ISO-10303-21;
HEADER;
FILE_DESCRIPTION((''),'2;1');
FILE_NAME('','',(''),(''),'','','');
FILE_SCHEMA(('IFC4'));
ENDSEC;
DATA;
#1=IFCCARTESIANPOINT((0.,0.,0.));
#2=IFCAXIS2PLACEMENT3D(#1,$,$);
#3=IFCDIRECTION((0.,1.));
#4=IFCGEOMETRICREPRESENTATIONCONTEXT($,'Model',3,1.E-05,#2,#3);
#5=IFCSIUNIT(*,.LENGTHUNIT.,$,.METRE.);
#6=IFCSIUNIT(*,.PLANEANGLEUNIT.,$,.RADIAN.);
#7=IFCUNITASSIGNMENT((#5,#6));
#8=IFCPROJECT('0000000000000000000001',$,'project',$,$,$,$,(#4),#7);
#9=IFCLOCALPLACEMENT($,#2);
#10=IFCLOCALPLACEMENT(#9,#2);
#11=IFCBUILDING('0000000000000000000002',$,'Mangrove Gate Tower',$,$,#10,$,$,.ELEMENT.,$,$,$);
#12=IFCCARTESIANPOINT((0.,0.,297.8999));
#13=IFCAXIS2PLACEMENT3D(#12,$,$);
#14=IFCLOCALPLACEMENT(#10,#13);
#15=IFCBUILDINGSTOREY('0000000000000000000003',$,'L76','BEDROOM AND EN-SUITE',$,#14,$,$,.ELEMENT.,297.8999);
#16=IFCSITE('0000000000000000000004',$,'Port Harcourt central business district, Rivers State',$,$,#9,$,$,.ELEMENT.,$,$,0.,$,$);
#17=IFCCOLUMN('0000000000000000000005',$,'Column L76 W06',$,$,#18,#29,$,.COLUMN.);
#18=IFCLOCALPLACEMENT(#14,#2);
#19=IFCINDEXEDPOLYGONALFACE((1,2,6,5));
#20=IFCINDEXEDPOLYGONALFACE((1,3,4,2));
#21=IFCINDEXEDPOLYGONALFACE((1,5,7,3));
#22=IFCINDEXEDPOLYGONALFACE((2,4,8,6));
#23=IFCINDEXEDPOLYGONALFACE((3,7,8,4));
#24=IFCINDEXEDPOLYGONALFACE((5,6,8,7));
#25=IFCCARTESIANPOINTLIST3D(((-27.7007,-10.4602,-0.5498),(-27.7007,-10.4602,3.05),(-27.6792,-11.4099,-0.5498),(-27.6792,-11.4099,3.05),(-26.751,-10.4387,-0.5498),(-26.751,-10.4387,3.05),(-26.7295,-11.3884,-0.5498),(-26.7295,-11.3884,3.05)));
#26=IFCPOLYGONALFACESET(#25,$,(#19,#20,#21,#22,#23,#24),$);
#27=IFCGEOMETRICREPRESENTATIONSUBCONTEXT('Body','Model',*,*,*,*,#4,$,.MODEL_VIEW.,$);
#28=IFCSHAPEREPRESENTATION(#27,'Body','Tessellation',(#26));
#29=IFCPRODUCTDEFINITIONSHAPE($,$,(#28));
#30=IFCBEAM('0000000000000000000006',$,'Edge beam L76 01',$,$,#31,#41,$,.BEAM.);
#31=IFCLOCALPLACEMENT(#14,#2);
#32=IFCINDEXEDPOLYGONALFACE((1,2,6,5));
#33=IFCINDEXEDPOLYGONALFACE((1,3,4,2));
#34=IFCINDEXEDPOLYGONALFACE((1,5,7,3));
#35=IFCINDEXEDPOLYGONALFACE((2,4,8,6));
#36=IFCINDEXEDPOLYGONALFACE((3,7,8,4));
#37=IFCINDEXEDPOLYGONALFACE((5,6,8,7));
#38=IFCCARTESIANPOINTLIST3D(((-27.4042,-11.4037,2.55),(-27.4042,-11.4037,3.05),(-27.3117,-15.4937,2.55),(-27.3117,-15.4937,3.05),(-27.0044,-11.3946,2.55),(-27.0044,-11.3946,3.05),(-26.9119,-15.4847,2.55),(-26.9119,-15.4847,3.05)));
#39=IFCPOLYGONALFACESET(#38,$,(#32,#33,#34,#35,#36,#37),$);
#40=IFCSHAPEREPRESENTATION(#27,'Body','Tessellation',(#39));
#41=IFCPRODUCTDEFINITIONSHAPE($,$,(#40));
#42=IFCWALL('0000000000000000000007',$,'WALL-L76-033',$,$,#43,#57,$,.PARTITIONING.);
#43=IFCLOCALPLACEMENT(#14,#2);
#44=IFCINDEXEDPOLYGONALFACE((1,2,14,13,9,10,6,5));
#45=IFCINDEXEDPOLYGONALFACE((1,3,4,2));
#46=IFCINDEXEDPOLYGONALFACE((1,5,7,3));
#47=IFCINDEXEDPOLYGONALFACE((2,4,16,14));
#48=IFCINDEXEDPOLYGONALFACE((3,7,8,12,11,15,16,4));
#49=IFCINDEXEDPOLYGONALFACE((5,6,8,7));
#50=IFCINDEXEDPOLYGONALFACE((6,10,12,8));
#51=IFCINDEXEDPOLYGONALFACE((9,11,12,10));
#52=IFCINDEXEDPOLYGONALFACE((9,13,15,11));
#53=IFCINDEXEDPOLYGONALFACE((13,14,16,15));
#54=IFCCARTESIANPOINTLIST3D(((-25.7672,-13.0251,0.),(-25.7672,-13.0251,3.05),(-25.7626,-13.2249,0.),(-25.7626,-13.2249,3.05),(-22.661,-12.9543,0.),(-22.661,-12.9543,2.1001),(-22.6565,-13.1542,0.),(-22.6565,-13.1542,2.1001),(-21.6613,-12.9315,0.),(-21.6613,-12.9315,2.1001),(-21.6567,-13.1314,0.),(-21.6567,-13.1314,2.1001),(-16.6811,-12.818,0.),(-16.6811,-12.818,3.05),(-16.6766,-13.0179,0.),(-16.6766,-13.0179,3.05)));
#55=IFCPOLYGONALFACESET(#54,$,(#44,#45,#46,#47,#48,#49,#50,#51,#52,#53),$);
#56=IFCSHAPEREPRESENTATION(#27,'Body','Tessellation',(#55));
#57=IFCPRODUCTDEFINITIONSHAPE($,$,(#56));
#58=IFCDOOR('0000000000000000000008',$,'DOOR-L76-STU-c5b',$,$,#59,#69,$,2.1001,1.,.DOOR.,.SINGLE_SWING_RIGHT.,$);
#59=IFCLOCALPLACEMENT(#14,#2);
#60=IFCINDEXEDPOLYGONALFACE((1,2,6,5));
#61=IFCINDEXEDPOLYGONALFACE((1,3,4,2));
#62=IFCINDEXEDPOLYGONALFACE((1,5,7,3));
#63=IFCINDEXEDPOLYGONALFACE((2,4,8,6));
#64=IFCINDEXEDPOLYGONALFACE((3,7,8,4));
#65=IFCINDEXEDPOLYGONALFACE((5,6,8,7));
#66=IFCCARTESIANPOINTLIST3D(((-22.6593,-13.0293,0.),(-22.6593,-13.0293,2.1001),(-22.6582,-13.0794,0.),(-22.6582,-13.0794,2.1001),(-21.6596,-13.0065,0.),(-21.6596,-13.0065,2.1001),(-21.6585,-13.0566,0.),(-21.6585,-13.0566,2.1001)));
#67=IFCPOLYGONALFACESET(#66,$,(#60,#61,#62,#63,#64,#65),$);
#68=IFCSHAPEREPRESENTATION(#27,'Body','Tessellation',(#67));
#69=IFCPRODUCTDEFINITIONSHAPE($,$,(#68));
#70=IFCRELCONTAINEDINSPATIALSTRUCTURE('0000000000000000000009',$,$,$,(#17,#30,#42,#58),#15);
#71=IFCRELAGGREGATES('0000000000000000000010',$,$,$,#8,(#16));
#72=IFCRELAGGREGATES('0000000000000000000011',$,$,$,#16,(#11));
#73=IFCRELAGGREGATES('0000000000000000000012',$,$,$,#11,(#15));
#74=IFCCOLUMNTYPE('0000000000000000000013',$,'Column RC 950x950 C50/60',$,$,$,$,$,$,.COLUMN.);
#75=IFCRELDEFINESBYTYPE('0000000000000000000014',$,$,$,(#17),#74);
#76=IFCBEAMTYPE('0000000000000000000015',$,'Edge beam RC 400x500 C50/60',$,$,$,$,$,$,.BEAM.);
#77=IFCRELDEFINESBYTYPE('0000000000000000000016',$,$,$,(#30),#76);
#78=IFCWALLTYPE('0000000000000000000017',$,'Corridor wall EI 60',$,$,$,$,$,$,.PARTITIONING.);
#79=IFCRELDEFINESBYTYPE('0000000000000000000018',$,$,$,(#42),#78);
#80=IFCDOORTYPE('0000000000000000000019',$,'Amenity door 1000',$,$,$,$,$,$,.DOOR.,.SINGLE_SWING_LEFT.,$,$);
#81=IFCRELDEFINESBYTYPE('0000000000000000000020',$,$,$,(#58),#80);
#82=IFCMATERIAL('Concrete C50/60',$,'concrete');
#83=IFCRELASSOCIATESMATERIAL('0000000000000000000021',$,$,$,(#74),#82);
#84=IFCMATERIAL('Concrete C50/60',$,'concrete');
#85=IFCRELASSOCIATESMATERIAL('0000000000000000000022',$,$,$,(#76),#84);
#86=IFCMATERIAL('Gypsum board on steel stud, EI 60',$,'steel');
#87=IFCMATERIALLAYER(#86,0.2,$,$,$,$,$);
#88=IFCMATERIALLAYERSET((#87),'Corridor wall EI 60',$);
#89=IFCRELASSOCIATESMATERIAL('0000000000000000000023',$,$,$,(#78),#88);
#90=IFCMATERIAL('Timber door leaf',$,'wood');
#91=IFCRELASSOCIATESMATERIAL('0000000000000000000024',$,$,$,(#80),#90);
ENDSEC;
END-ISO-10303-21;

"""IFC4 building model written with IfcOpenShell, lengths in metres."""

from ifc_helpers import new_model, si_unit, direction, frame, frame_2d, origin, origin_2d, place, context, subcontext, project, spatial, rectangle, extrude, material, layer, layer_set, material_profile, profile_set, type_object, element, fill, save


model = new_model("IFC4")

# Units and contexts
model_context = context("Model", 3, precision=1e-05, world=origin(), true_north=direction((0.0, 1.0)))
body_context = subcontext(model_context, "Body", "Model", "MODEL_VIEW")
ifc_project = project(units=[si_unit("LENGTHUNIT", "METRE"), si_unit("PLANEANGLEUNIT", "RADIAN")], contexts=[model_context])

# Site, building, storey
site_placement = place(None, origin())
site = spatial("IfcSite", under=ifc_project, at=site_placement, Name="Port Harcourt central business district, Rivers State", CompositionType="ELEMENT", RefElevation=0.0)
building_placement = place(site_placement, origin())
building = spatial("IfcBuilding", under=site, at=building_placement, Name="Mangrove Gate Tower", CompositionType="ELEMENT")
storey_placement = place(building_placement, frame((0.0, 0.0, 297.8999)))
storey = spatial("IfcBuildingStorey", under=building, at=storey_placement, Name="L76", Description="BEDROOM AND EN-SUITE", CompositionType="ELEMENT", Elevation=297.8999)

# Column
ifc_material_1 = material(Name="Concrete C50/60", Category="concrete")
ifc_material_profile_1 = material_profile(ifc_material_1, rectangle(XDim=0.95, YDim=0.95, at=origin_2d()))
ifc_profile_set_1 = profile_set([ifc_material_profile_1], Name="Concrete C50/60")
column_type = type_object("IfcColumnType", Name="Column RC 950x950 C50/60", PredefinedType="COLUMN", material=ifc_profile_set_1)
column_placement = place(storey_placement, frame((-27.2151, -10.9243, -0.5498), z_axis=(0.0, 0.0, 1.0), x_axis=(0.022611, -0.999744, 0.0)))
element("IfcColumn", 1, at=column_placement, inside=storey, type_object=column_type, Name="Column L76 W06", PredefinedType="COLUMN", context=body_context, shape_type="SweptSolid", body=[
    extrude(rectangle(XDim=0.95, YDim=0.95, at=origin_2d()), origin(), (0.0, 0.0, 1.0), 3.5999),
])

# Beam
ifc_material_2 = material(Name="Concrete C50/60", Category="concrete")
ifc_material_profile_2 = material_profile(ifc_material_2, rectangle(XDim=0.3999, YDim=0.5, at=origin_2d()))
ifc_profile_set_2 = profile_set([ifc_material_profile_2], Name="Concrete C50/60")
beam_type = type_object("IfcBeamType", Name="Edge beam RC 400x500 C50/60", PredefinedType="BEAM", material=ifc_profile_set_2)
beam_placement = place(storey_placement, frame((-27.2043, -11.3992, 2.8), z_axis=(0.022617, -0.999744, 0.0), x_axis=(0.999744, 0.022617, 0.0)))
element("IfcBeam", 2, at=beam_placement, inside=storey, type_object=beam_type, Name="Edge beam L76 01", PredefinedType="BEAM", context=body_context, shape_type="SweptSolid", body=[
    extrude(rectangle(XDim=0.3999, YDim=0.5, at=origin_2d()), origin(), (0.0, 0.0, 1.0), 4.0911),
])

# Shared definitions
ifc_material_3 = material(Name="Gypsum board on steel stud, EI 60", Category="steel")
ifc_layer = layer(ifc_material_3, 0.2)
ifc_layer_set = layer_set([ifc_layer], Name="Corridor wall EI 60")
wall_type = type_object("IfcWallType", Name="Corridor wall EI 60", PredefinedType="PARTITIONING", material=ifc_layer_set)
ifc_material_4 = material(Name="Timber door leaf", Category="wood")
door_type_1 = type_object("IfcDoorType", Name="Amenity door 1000", OperationType="SINGLE_SWING_LEFT", PredefinedType="DOOR", material=ifc_material_4)

# Wall, opening, door
wall_1_placement = place(storey_placement, frame((-25.7649, -13.125, 0.0), z_axis=(0.0, 0.0, 1.0), x_axis=(0.999741, 0.02278, 0.0)))
wall_1 = element("IfcWall", 3, at=wall_1_placement, inside=storey, type_object=wall_type, Name="WALL-L76-033", PredefinedType="PARTITIONING", context=body_context, shape_type="SweptSolid", body=[
    extrude(rectangle(XDim=9.0884, YDim=0.2, at=frame_2d((4.5442, 0.0))), origin(), (0.0, 0.0, 1.0), 3.05),
])
opening_1_placement = place(wall_1_placement, frame((3.1069, 0.0, 0.0)))
opening_1 = element("IfcOpeningElement", 4, at=opening_1_placement, cuts=wall_1, PredefinedType="OPENING", context=body_context, shape_type="SweptSolid", body=[
    extrude(rectangle(XDim=1.0, YDim=2.1001, at=frame_2d((0.5, 1.05))), frame((0.0, 0.1099, 0.0), z_axis=(0.0, -1.0, 0.0), x_axis=(1.0, 0.0, 0.0)), (0.0, 0.0, 1.0), 0.22),
])
door_1_placement = place(opening_1_placement, origin())
door_1 = element("IfcDoor", 5, at=door_1_placement, inside=storey, type_object=door_type_1, Name="DOOR-L76-STU-c5b", OperationType="SINGLE_SWING_RIGHT", OverallHeight=2.1001, OverallWidth=1.0, PredefinedType="DOOR", context=body_context, shape_type="SweptSolid", body=[
    extrude(rectangle(XDim=1.0, YDim=2.1001, at=frame_2d((0.5, 1.05))), frame((0.0, 0.0249, 0.0), z_axis=(0.0, -1.0, 0.0), x_axis=(1.0, 0.0, 0.0)), (0.0, 0.0, 1.0), 0.05),
])
fill(opening_1, door_1)

save(model, "model.ifc")
